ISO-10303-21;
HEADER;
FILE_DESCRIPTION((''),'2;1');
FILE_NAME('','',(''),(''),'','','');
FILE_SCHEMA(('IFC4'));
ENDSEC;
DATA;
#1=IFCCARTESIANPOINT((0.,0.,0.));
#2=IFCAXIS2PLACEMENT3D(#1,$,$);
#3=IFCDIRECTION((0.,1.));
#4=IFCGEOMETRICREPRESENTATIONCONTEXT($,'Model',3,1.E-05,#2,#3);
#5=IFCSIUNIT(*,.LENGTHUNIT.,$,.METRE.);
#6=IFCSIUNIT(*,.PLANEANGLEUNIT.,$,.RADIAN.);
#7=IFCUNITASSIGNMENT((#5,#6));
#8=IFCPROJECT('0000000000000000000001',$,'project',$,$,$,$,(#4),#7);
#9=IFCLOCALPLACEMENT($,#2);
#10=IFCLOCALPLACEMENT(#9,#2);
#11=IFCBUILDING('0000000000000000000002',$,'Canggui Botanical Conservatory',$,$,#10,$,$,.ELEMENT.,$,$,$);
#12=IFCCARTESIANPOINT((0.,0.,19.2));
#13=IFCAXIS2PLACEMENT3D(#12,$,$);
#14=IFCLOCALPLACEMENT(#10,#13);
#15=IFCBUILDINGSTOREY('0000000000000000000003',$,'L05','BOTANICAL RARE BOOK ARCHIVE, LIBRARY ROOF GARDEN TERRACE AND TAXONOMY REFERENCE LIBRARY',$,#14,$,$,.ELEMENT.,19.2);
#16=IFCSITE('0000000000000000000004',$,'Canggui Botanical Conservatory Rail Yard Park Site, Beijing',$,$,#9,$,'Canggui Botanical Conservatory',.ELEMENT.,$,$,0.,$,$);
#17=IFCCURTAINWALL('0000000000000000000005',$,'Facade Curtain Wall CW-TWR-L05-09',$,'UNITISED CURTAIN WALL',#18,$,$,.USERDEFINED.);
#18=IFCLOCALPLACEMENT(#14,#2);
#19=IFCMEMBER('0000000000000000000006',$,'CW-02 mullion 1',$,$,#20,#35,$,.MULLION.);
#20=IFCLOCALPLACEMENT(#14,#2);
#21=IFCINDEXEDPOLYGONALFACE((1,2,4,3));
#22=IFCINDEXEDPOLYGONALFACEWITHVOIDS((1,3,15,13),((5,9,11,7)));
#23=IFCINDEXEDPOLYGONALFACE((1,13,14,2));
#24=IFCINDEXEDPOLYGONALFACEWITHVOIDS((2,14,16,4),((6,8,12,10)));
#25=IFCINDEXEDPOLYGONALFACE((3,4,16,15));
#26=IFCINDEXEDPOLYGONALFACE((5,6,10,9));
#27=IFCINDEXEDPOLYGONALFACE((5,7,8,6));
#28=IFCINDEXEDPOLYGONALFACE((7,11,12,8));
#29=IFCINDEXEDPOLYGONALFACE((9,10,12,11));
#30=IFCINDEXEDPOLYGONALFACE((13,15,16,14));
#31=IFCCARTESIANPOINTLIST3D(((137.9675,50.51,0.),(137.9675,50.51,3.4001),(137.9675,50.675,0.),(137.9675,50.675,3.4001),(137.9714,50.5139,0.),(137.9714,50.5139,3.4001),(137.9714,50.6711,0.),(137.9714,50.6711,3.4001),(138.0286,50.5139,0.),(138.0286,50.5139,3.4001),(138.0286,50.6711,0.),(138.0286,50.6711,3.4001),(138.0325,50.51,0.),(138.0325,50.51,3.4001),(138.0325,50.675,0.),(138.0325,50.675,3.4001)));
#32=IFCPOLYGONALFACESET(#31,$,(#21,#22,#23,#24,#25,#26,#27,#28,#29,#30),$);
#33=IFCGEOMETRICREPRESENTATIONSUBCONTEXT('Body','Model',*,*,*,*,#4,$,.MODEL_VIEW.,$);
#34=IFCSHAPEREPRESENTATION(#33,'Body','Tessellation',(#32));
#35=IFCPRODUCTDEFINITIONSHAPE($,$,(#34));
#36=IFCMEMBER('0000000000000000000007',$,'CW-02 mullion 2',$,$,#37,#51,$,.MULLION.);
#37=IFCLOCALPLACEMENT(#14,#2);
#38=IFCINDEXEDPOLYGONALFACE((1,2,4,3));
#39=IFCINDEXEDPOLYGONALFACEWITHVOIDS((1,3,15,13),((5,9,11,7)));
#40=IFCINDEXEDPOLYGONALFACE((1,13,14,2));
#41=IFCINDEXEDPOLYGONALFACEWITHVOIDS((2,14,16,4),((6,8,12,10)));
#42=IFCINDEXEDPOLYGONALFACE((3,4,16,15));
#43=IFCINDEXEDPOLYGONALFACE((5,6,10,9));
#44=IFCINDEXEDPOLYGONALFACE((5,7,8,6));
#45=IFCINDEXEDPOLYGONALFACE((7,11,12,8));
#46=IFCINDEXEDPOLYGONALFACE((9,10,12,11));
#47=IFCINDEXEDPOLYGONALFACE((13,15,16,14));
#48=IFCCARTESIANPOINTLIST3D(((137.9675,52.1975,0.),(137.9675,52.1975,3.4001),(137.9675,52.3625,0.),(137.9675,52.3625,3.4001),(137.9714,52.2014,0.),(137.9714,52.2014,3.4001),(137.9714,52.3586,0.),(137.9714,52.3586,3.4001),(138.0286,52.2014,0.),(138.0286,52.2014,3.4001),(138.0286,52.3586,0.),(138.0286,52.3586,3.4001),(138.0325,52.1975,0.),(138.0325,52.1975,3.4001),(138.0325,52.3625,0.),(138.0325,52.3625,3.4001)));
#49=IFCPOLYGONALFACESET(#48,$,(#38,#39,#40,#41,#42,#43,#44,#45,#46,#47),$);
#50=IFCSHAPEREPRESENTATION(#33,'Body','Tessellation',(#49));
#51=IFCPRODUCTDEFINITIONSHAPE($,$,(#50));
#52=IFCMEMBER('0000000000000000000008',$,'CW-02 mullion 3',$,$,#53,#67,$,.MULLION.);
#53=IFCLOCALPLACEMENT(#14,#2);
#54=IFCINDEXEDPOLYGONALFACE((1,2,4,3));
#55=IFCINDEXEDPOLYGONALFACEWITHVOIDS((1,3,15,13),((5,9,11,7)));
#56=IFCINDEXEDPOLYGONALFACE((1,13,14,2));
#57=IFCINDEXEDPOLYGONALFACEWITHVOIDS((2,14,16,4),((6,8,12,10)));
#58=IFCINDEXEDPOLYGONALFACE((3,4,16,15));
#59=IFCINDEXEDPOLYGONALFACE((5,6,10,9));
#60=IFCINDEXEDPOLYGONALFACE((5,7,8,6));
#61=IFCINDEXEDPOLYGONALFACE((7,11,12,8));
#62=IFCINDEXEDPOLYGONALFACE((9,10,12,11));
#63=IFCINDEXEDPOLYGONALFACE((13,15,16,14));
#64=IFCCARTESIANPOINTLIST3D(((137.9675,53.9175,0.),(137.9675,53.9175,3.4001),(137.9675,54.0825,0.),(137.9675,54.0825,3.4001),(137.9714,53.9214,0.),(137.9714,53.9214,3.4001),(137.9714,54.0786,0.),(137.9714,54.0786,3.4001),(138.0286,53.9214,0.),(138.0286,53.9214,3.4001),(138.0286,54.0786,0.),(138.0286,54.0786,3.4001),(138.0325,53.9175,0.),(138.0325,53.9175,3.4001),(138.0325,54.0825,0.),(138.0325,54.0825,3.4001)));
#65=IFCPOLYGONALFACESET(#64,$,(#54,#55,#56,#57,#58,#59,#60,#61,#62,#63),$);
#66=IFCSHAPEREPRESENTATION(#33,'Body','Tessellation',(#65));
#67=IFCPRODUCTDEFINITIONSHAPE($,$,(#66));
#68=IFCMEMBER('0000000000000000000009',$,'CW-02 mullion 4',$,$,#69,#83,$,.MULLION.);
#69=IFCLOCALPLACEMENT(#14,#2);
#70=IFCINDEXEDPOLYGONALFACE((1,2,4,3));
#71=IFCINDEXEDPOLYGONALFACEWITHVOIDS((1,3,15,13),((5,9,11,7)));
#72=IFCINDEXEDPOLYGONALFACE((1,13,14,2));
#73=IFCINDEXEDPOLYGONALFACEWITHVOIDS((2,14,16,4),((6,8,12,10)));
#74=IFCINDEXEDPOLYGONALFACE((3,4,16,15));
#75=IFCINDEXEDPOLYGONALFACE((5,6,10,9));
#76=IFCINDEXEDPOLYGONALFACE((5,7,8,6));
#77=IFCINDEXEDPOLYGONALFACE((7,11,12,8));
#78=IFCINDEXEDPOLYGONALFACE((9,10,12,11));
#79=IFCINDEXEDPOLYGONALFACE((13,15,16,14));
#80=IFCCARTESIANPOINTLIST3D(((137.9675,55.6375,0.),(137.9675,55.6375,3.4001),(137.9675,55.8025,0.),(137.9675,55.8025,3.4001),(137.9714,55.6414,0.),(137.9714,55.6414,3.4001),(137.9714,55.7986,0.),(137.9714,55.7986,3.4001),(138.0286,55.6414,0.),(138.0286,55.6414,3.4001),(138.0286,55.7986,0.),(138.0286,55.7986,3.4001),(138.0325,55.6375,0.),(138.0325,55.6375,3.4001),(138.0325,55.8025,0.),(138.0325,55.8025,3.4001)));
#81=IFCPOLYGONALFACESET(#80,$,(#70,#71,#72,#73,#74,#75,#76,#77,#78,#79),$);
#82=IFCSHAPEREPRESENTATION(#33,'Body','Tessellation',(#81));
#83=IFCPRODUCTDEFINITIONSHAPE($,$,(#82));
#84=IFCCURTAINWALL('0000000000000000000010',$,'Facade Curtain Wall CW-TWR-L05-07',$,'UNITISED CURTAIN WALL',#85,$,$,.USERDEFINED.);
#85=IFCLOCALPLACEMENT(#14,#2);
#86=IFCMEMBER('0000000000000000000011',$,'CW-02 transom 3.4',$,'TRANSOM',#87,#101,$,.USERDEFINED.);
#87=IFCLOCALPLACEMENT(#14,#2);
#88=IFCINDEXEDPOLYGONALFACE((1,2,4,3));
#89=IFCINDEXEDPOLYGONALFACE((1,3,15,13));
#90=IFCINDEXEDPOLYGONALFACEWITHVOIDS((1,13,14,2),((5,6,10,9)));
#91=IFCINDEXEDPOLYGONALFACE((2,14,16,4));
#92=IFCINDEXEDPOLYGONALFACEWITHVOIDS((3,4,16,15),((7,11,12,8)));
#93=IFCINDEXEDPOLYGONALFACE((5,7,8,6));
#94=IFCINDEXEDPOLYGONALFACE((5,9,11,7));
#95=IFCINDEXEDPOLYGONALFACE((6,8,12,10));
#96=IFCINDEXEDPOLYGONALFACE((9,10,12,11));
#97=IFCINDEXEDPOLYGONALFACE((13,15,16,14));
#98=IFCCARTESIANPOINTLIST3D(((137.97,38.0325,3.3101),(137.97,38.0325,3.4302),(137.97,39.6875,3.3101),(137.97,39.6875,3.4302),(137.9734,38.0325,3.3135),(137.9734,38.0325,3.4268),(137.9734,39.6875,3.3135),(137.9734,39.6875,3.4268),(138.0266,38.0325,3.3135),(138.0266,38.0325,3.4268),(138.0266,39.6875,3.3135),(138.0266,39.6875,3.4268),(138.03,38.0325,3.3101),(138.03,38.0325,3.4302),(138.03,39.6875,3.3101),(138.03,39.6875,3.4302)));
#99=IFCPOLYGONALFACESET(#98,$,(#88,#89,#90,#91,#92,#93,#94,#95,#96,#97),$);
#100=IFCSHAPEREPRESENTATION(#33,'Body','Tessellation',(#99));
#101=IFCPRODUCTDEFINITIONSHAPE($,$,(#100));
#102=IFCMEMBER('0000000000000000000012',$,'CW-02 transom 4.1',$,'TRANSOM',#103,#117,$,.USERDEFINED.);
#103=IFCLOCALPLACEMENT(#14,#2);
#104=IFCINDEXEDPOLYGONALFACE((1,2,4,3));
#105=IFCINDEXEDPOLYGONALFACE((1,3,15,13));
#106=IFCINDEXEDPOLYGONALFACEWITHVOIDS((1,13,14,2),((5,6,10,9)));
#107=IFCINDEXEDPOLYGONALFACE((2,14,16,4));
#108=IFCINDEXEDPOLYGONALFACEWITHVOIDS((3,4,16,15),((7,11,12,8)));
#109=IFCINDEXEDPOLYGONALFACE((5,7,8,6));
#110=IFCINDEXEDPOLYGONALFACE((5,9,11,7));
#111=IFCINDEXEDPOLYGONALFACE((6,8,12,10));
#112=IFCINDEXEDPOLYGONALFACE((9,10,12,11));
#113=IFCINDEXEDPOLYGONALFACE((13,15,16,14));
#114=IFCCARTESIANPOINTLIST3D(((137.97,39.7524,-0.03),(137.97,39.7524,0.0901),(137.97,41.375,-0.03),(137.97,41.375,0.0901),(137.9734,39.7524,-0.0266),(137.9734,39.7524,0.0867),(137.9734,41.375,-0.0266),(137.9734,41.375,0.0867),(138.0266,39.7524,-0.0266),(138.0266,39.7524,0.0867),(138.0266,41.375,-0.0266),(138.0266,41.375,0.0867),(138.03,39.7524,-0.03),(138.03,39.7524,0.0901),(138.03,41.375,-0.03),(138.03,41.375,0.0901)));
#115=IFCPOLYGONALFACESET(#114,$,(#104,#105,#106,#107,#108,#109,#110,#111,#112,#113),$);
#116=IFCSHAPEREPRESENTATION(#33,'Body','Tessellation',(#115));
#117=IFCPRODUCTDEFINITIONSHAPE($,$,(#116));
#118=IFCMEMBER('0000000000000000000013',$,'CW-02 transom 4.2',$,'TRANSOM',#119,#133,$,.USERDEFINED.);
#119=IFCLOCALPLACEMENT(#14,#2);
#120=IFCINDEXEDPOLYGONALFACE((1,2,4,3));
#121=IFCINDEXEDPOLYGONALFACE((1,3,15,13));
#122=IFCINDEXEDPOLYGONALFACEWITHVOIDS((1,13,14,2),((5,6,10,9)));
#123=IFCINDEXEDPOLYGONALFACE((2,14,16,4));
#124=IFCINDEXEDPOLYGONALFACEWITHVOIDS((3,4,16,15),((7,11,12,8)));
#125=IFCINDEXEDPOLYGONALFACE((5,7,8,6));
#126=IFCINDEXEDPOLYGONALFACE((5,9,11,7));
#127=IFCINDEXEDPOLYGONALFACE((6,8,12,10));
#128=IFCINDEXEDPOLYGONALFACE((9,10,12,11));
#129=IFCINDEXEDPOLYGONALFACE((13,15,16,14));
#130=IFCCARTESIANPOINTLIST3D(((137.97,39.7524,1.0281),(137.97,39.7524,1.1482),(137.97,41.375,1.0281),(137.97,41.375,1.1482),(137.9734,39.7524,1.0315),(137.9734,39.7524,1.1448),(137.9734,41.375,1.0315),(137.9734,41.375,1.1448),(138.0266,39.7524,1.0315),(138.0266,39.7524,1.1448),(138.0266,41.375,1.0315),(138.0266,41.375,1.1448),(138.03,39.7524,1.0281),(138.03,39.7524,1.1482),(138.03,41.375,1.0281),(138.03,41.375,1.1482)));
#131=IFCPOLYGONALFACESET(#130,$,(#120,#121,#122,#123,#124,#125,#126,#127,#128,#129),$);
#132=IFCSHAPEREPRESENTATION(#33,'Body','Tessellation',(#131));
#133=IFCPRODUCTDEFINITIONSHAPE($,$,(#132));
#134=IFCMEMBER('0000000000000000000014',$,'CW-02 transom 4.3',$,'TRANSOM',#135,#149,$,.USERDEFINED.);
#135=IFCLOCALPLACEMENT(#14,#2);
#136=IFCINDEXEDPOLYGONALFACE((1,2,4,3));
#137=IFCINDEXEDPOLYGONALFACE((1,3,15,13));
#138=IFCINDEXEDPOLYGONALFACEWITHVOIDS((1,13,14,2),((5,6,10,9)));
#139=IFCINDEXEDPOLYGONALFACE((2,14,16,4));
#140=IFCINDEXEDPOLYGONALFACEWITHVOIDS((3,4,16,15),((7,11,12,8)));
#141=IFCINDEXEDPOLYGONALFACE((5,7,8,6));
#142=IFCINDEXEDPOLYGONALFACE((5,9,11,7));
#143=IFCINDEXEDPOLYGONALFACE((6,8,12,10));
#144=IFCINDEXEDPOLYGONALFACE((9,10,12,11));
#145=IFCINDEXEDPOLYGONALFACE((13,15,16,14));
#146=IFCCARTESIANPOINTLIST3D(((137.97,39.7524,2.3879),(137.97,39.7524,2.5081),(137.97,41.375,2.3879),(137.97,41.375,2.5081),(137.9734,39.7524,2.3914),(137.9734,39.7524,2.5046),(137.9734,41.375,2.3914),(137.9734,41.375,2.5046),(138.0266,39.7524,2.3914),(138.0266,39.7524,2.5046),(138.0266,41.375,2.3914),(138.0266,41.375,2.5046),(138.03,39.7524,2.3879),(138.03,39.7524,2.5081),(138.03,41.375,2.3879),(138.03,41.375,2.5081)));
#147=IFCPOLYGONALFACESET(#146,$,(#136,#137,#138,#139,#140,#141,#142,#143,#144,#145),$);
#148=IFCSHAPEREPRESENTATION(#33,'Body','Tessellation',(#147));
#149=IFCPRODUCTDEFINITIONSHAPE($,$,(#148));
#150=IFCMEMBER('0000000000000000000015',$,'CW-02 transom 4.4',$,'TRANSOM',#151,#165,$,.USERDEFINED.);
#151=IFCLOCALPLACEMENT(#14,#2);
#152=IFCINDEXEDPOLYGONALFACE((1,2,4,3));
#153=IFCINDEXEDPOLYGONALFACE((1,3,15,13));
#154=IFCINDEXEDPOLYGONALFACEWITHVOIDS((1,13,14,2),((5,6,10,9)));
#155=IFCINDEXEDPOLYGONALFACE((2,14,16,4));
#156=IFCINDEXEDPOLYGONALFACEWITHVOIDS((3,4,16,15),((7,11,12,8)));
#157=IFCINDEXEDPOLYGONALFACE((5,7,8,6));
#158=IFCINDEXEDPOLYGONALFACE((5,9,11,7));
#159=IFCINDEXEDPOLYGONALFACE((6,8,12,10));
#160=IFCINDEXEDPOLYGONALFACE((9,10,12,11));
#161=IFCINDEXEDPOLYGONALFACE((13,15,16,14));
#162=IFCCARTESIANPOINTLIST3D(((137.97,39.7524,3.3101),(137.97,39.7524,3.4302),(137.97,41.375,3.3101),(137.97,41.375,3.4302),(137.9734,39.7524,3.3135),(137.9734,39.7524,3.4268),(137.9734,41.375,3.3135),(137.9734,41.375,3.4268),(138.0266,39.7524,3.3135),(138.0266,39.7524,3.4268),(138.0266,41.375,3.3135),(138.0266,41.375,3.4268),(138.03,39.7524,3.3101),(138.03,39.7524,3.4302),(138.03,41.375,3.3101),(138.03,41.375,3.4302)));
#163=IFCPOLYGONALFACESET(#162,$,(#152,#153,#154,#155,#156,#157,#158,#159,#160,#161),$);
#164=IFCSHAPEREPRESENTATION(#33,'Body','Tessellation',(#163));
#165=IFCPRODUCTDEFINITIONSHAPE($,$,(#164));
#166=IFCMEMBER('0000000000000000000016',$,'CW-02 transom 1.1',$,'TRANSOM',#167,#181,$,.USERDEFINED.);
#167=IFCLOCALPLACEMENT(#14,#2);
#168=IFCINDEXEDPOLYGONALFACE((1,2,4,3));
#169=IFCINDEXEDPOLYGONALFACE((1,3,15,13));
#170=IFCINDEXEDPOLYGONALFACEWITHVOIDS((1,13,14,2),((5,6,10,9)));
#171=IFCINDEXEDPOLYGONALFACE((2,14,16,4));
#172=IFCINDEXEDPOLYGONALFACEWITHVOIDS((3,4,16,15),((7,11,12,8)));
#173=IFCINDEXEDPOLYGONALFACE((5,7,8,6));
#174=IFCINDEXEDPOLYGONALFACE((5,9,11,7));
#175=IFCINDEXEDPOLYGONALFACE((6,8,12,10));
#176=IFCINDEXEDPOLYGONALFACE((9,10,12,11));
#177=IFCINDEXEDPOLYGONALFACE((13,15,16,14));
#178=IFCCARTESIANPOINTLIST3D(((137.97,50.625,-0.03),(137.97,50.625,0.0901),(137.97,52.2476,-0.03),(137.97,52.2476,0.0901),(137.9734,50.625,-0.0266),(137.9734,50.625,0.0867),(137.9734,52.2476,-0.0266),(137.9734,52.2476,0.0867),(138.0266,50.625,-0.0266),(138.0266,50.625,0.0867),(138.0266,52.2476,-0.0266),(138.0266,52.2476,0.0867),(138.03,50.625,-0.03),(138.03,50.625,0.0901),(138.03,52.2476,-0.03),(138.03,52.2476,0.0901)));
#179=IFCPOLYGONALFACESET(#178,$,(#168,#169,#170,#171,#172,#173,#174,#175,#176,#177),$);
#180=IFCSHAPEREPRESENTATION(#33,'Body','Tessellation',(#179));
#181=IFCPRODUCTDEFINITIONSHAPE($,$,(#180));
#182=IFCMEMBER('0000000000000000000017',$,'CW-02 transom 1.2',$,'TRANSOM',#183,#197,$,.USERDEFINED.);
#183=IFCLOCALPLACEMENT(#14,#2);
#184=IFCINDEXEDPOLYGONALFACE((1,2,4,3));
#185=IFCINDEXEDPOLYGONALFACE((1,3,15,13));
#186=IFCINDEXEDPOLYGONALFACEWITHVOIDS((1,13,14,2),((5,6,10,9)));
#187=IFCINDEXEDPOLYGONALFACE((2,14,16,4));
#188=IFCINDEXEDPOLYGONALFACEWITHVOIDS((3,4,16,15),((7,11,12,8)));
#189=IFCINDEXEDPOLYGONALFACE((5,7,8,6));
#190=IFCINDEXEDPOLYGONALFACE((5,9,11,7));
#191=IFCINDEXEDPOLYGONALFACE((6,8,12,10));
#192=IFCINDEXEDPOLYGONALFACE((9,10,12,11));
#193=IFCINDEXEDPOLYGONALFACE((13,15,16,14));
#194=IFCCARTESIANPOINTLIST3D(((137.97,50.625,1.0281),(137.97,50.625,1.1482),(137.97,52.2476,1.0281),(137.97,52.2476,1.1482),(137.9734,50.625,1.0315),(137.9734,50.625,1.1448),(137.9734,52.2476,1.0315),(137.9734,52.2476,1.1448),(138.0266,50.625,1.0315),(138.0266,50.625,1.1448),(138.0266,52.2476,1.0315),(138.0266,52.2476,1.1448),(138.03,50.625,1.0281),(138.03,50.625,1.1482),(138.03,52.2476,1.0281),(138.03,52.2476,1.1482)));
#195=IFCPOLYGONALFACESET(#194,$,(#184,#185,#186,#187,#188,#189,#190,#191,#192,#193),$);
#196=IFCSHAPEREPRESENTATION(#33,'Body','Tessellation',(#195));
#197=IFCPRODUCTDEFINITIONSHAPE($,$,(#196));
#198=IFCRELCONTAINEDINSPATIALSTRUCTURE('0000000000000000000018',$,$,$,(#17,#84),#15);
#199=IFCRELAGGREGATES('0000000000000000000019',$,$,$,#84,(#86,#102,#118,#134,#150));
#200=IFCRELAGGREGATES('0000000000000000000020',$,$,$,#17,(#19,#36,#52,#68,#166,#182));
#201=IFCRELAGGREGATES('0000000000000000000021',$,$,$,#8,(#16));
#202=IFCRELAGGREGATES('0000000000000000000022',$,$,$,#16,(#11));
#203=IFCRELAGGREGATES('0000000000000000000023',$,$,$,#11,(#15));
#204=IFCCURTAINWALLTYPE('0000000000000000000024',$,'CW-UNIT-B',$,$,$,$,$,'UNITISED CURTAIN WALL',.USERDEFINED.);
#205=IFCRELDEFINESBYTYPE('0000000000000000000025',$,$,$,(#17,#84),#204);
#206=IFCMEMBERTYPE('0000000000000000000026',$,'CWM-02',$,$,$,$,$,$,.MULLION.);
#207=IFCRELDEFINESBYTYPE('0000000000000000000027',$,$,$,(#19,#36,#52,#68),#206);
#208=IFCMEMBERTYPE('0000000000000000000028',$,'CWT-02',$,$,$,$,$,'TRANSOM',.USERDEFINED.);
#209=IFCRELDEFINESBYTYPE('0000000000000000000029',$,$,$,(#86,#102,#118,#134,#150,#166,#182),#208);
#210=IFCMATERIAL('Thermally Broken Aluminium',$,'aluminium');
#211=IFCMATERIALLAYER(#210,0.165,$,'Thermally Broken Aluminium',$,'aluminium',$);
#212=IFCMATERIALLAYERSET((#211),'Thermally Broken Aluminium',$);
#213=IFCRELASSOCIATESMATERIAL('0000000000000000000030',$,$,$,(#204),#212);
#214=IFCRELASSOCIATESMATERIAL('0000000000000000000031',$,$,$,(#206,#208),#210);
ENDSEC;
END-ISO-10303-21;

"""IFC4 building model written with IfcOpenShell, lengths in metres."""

from ifc_helpers import new_model, si_unit, direction, frame, origin, origin_2d, place, context, subcontext, project, spatial, hollow_rectangle, extrude, material, layer, layer_set, material_profile, profile_set, type_object, element, aggregate, save


model = new_model("IFC4")

# Units and contexts
model_context = context("Model", 3, precision=1e-05, world=origin(), true_north=direction((0.0, 1.0)))
body_context = subcontext(model_context, "Body", "Model", "MODEL_VIEW")
ifc_project = project(units=[si_unit("LENGTHUNIT", "METRE"), si_unit("PLANEANGLEUNIT", "RADIAN")], contexts=[model_context])

# Site, building, storey
site_placement = place(None, origin())
site = spatial("IfcSite", under=ifc_project, at=site_placement, Name="Canggui Botanical Conservatory Rail Yard Park Site, Beijing", LongName="Canggui Botanical Conservatory", CompositionType="ELEMENT", RefElevation=0.0)
building_placement = place(site_placement, origin())
building = spatial("IfcBuilding", under=site, at=building_placement, Name="Canggui Botanical Conservatory", CompositionType="ELEMENT")
storey_placement = place(building_placement, frame((0.0, 0.0, 19.2)))
storey = spatial("IfcBuildingStorey", under=building, at=storey_placement, Name="L05", Description="BOTANICAL RARE BOOK ARCHIVE, LIBRARY ROOF GARDEN TERRACE AND TAXONOMY REFERENCE LIBRARY", CompositionType="ELEMENT", Elevation=19.2)

# Curtain walls, members
ifc_material_1 = material(Name="Thermally Broken Aluminium", Category="aluminium")
ifc_layer_1 = layer(ifc_material_1, 0.165, Name="Thermally Broken Aluminium", Category="aluminium")
ifc_layer_set_1 = layer_set([ifc_layer_1], Name="Thermally Broken Aluminium")
curtain_wall_type = type_object("IfcCurtainWallType", Name="CW-UNIT-B", ElementType="UNITISED CURTAIN WALL", PredefinedType="USERDEFINED", material=ifc_layer_set_1)
curtain_wall_1_placement = place(storey_placement, origin())
curtain_wall_1 = element("IfcCurtainWall", 1, at=curtain_wall_1_placement, inside=storey, type_object=curtain_wall_type, Name="Facade Curtain Wall CW-TWR-L05-09", ObjectType="UNITISED CURTAIN WALL", PredefinedType="USERDEFINED")
ifc_material_profile_1 = material_profile(ifc_material_1, hollow_rectangle(XDim=0.0649, YDim=0.165, WallThickness=0.0039, at=origin_2d()), Name="CWM 65x165x4")
ifc_profile_set_1 = profile_set([ifc_material_profile_1], Name="Thermally Broken Aluminium")
member_type_1 = type_object("IfcMemberType", Name="CWM-02", PredefinedType="MULLION", material=ifc_profile_set_1)
member_1_placement = place(storey_placement, frame((138.0, 50.5925, 0.0), z_axis=(0.0, 0.0, 1.0), x_axis=(-1.0, 0.0, 0.0)))
member_1 = element("IfcMember", 2, at=member_1_placement, type_object=member_type_1, Name="CW-02 mullion 1", PredefinedType="MULLION", context=body_context, shape_type="SweptSolid", body=[
    extrude(hollow_rectangle(XDim=0.0649, YDim=0.165, WallThickness=0.0039, at=origin_2d()), origin(), (0.0, 0.0, 1.0), 3.4001),
])
member_2_placement = place(storey_placement, frame((138.0, 52.28, 0.0), z_axis=(0.0, 0.0, 1.0), x_axis=(-1.0, 0.0, 0.0)))
member_2 = element("IfcMember", 3, at=member_2_placement, type_object=member_type_1, Name="CW-02 mullion 2", PredefinedType="MULLION", context=body_context, shape_type="SweptSolid", body=[
    extrude(hollow_rectangle(XDim=0.0649, YDim=0.165, WallThickness=0.0039, at=origin_2d()), origin(), (0.0, 0.0, 1.0), 3.4001),
])
member_3_placement = place(storey_placement, frame((138.0, 54.0, 0.0), z_axis=(0.0, 0.0, 1.0), x_axis=(-1.0, 0.0, 0.0)))
member_3 = element("IfcMember", 4, at=member_3_placement, type_object=member_type_1, Name="CW-02 mullion 3", PredefinedType="MULLION", context=body_context, shape_type="SweptSolid", body=[
    extrude(hollow_rectangle(XDim=0.0649, YDim=0.165, WallThickness=0.0039, at=origin_2d()), origin(), (0.0, 0.0, 1.0), 3.4001),
])
member_4_placement = place(storey_placement, frame((138.0, 55.72, 0.0), z_axis=(0.0, 0.0, 1.0), x_axis=(-1.0, 0.0, 0.0)))
member_4 = element("IfcMember", 5, at=member_4_placement, type_object=member_type_1, Name="CW-02 mullion 4", PredefinedType="MULLION", context=body_context, shape_type="SweptSolid", body=[
    extrude(hollow_rectangle(XDim=0.0649, YDim=0.165, WallThickness=0.0039, at=origin_2d()), origin(), (0.0, 0.0, 1.0), 3.4001),
])
curtain_wall_2_placement = place(storey_placement, origin())
curtain_wall_2 = element("IfcCurtainWall", 6, at=curtain_wall_2_placement, inside=storey, type_object=curtain_wall_type, Name="Facade Curtain Wall CW-TWR-L05-07", ObjectType="UNITISED CURTAIN WALL", PredefinedType="USERDEFINED")
ifc_material_profile_2 = material_profile(ifc_material_1, hollow_rectangle(XDim=0.0601, YDim=0.1201, WallThickness=0.0034, at=origin_2d()), Name="CWT 60x120x3.5")
ifc_profile_set_2 = profile_set([ifc_material_profile_2], Name="Thermally Broken Aluminium")
member_type_2 = type_object("IfcMemberType", Name="CWT-02", ElementType="TRANSOM", PredefinedType="USERDEFINED", material=ifc_profile_set_2)
member_5_placement = place(storey_placement, frame((138.0, 38.0325, 3.3701), z_axis=(0.0, 1.0, 0.0), x_axis=(-1.0, 0.0, 0.0)))
member_5 = element("IfcMember", 7, at=member_5_placement, type_object=member_type_2, Name="CW-02 transom 3.4", ObjectType="TRANSOM", PredefinedType="USERDEFINED", context=body_context, shape_type="SweptSolid", body=[
    extrude(hollow_rectangle(XDim=0.0601, YDim=0.1201, WallThickness=0.0034, at=origin_2d()), origin(), (0.0, 0.0, 1.0), 1.655),
])
member_6_placement = place(storey_placement, frame((138.0, 39.7524, 0.03), z_axis=(0.0, 1.0, 0.0), x_axis=(-1.0, 0.0, 0.0)))
member_6 = element("IfcMember", 8, at=member_6_placement, type_object=member_type_2, Name="CW-02 transom 4.1", ObjectType="TRANSOM", PredefinedType="USERDEFINED", context=body_context, shape_type="SweptSolid", body=[
    extrude(hollow_rectangle(XDim=0.0601, YDim=0.1201, WallThickness=0.0034, at=origin_2d()), origin(), (0.0, 0.0, 1.0), 1.6226),
])
member_7_placement = place(storey_placement, frame((138.0, 39.7524, 1.0881), z_axis=(0.0, 1.0, 0.0), x_axis=(-1.0, 0.0, 0.0)))
member_7 = element("IfcMember", 9, at=member_7_placement, type_object=member_type_2, Name="CW-02 transom 4.2", ObjectType="TRANSOM", PredefinedType="USERDEFINED", context=body_context, shape_type="SweptSolid", body=[
    extrude(hollow_rectangle(XDim=0.0601, YDim=0.1201, WallThickness=0.0034, at=origin_2d()), origin(), (0.0, 0.0, 1.0), 1.6226),
])
member_8_placement = place(storey_placement, frame((138.0, 39.7524, 2.448), z_axis=(0.0, 1.0, 0.0), x_axis=(-1.0, 0.0, 0.0)))
member_8 = element("IfcMember", 10, at=member_8_placement, type_object=member_type_2, Name="CW-02 transom 4.3", ObjectType="TRANSOM", PredefinedType="USERDEFINED", context=body_context, shape_type="SweptSolid", body=[
    extrude(hollow_rectangle(XDim=0.0601, YDim=0.1201, WallThickness=0.0034, at=origin_2d()), origin(), (0.0, 0.0, 1.0), 1.6226),
])
member_9_placement = place(storey_placement, frame((138.0, 39.7524, 3.3701), z_axis=(0.0, 1.0, 0.0), x_axis=(-1.0, 0.0, 0.0)))
member_9 = element("IfcMember", 11, at=member_9_placement, type_object=member_type_2, Name="CW-02 transom 4.4", ObjectType="TRANSOM", PredefinedType="USERDEFINED", context=body_context, shape_type="SweptSolid", body=[
    extrude(hollow_rectangle(XDim=0.0601, YDim=0.1201, WallThickness=0.0034, at=origin_2d()), origin(), (0.0, 0.0, 1.0), 1.6226),
])

# Members
member_10_placement = place(storey_placement, frame((138.0, 50.625, 0.03), z_axis=(0.0, 1.0, 0.0), x_axis=(-1.0, 0.0, 0.0)))
member_10 = element("IfcMember", 12, at=member_10_placement, type_object=member_type_2, Name="CW-02 transom 1.1", ObjectType="TRANSOM", PredefinedType="USERDEFINED", context=body_context, shape_type="SweptSolid", body=[
    extrude(hollow_rectangle(XDim=0.0601, YDim=0.1201, WallThickness=0.0034, at=origin_2d()), origin(), (0.0, 0.0, 1.0), 1.6226),
])
member_11_placement = place(storey_placement, frame((138.0, 50.625, 1.0881), z_axis=(0.0, 1.0, 0.0), x_axis=(-1.0, 0.0, 0.0)))
member_11 = element("IfcMember", 13, at=member_11_placement, type_object=member_type_2, Name="CW-02 transom 1.2", ObjectType="TRANSOM", PredefinedType="USERDEFINED", context=body_context, shape_type="SweptSolid", body=[
    extrude(hollow_rectangle(XDim=0.0601, YDim=0.1201, WallThickness=0.0034, at=origin_2d()), origin(), (0.0, 0.0, 1.0), 1.6226),
])

aggregate(curtain_wall_2, [member_5, member_6, member_7, member_8, member_9])
aggregate(curtain_wall_1, [member_1, member_2, member_3, member_4, member_10, member_11])

save(model, "model.ifc")
